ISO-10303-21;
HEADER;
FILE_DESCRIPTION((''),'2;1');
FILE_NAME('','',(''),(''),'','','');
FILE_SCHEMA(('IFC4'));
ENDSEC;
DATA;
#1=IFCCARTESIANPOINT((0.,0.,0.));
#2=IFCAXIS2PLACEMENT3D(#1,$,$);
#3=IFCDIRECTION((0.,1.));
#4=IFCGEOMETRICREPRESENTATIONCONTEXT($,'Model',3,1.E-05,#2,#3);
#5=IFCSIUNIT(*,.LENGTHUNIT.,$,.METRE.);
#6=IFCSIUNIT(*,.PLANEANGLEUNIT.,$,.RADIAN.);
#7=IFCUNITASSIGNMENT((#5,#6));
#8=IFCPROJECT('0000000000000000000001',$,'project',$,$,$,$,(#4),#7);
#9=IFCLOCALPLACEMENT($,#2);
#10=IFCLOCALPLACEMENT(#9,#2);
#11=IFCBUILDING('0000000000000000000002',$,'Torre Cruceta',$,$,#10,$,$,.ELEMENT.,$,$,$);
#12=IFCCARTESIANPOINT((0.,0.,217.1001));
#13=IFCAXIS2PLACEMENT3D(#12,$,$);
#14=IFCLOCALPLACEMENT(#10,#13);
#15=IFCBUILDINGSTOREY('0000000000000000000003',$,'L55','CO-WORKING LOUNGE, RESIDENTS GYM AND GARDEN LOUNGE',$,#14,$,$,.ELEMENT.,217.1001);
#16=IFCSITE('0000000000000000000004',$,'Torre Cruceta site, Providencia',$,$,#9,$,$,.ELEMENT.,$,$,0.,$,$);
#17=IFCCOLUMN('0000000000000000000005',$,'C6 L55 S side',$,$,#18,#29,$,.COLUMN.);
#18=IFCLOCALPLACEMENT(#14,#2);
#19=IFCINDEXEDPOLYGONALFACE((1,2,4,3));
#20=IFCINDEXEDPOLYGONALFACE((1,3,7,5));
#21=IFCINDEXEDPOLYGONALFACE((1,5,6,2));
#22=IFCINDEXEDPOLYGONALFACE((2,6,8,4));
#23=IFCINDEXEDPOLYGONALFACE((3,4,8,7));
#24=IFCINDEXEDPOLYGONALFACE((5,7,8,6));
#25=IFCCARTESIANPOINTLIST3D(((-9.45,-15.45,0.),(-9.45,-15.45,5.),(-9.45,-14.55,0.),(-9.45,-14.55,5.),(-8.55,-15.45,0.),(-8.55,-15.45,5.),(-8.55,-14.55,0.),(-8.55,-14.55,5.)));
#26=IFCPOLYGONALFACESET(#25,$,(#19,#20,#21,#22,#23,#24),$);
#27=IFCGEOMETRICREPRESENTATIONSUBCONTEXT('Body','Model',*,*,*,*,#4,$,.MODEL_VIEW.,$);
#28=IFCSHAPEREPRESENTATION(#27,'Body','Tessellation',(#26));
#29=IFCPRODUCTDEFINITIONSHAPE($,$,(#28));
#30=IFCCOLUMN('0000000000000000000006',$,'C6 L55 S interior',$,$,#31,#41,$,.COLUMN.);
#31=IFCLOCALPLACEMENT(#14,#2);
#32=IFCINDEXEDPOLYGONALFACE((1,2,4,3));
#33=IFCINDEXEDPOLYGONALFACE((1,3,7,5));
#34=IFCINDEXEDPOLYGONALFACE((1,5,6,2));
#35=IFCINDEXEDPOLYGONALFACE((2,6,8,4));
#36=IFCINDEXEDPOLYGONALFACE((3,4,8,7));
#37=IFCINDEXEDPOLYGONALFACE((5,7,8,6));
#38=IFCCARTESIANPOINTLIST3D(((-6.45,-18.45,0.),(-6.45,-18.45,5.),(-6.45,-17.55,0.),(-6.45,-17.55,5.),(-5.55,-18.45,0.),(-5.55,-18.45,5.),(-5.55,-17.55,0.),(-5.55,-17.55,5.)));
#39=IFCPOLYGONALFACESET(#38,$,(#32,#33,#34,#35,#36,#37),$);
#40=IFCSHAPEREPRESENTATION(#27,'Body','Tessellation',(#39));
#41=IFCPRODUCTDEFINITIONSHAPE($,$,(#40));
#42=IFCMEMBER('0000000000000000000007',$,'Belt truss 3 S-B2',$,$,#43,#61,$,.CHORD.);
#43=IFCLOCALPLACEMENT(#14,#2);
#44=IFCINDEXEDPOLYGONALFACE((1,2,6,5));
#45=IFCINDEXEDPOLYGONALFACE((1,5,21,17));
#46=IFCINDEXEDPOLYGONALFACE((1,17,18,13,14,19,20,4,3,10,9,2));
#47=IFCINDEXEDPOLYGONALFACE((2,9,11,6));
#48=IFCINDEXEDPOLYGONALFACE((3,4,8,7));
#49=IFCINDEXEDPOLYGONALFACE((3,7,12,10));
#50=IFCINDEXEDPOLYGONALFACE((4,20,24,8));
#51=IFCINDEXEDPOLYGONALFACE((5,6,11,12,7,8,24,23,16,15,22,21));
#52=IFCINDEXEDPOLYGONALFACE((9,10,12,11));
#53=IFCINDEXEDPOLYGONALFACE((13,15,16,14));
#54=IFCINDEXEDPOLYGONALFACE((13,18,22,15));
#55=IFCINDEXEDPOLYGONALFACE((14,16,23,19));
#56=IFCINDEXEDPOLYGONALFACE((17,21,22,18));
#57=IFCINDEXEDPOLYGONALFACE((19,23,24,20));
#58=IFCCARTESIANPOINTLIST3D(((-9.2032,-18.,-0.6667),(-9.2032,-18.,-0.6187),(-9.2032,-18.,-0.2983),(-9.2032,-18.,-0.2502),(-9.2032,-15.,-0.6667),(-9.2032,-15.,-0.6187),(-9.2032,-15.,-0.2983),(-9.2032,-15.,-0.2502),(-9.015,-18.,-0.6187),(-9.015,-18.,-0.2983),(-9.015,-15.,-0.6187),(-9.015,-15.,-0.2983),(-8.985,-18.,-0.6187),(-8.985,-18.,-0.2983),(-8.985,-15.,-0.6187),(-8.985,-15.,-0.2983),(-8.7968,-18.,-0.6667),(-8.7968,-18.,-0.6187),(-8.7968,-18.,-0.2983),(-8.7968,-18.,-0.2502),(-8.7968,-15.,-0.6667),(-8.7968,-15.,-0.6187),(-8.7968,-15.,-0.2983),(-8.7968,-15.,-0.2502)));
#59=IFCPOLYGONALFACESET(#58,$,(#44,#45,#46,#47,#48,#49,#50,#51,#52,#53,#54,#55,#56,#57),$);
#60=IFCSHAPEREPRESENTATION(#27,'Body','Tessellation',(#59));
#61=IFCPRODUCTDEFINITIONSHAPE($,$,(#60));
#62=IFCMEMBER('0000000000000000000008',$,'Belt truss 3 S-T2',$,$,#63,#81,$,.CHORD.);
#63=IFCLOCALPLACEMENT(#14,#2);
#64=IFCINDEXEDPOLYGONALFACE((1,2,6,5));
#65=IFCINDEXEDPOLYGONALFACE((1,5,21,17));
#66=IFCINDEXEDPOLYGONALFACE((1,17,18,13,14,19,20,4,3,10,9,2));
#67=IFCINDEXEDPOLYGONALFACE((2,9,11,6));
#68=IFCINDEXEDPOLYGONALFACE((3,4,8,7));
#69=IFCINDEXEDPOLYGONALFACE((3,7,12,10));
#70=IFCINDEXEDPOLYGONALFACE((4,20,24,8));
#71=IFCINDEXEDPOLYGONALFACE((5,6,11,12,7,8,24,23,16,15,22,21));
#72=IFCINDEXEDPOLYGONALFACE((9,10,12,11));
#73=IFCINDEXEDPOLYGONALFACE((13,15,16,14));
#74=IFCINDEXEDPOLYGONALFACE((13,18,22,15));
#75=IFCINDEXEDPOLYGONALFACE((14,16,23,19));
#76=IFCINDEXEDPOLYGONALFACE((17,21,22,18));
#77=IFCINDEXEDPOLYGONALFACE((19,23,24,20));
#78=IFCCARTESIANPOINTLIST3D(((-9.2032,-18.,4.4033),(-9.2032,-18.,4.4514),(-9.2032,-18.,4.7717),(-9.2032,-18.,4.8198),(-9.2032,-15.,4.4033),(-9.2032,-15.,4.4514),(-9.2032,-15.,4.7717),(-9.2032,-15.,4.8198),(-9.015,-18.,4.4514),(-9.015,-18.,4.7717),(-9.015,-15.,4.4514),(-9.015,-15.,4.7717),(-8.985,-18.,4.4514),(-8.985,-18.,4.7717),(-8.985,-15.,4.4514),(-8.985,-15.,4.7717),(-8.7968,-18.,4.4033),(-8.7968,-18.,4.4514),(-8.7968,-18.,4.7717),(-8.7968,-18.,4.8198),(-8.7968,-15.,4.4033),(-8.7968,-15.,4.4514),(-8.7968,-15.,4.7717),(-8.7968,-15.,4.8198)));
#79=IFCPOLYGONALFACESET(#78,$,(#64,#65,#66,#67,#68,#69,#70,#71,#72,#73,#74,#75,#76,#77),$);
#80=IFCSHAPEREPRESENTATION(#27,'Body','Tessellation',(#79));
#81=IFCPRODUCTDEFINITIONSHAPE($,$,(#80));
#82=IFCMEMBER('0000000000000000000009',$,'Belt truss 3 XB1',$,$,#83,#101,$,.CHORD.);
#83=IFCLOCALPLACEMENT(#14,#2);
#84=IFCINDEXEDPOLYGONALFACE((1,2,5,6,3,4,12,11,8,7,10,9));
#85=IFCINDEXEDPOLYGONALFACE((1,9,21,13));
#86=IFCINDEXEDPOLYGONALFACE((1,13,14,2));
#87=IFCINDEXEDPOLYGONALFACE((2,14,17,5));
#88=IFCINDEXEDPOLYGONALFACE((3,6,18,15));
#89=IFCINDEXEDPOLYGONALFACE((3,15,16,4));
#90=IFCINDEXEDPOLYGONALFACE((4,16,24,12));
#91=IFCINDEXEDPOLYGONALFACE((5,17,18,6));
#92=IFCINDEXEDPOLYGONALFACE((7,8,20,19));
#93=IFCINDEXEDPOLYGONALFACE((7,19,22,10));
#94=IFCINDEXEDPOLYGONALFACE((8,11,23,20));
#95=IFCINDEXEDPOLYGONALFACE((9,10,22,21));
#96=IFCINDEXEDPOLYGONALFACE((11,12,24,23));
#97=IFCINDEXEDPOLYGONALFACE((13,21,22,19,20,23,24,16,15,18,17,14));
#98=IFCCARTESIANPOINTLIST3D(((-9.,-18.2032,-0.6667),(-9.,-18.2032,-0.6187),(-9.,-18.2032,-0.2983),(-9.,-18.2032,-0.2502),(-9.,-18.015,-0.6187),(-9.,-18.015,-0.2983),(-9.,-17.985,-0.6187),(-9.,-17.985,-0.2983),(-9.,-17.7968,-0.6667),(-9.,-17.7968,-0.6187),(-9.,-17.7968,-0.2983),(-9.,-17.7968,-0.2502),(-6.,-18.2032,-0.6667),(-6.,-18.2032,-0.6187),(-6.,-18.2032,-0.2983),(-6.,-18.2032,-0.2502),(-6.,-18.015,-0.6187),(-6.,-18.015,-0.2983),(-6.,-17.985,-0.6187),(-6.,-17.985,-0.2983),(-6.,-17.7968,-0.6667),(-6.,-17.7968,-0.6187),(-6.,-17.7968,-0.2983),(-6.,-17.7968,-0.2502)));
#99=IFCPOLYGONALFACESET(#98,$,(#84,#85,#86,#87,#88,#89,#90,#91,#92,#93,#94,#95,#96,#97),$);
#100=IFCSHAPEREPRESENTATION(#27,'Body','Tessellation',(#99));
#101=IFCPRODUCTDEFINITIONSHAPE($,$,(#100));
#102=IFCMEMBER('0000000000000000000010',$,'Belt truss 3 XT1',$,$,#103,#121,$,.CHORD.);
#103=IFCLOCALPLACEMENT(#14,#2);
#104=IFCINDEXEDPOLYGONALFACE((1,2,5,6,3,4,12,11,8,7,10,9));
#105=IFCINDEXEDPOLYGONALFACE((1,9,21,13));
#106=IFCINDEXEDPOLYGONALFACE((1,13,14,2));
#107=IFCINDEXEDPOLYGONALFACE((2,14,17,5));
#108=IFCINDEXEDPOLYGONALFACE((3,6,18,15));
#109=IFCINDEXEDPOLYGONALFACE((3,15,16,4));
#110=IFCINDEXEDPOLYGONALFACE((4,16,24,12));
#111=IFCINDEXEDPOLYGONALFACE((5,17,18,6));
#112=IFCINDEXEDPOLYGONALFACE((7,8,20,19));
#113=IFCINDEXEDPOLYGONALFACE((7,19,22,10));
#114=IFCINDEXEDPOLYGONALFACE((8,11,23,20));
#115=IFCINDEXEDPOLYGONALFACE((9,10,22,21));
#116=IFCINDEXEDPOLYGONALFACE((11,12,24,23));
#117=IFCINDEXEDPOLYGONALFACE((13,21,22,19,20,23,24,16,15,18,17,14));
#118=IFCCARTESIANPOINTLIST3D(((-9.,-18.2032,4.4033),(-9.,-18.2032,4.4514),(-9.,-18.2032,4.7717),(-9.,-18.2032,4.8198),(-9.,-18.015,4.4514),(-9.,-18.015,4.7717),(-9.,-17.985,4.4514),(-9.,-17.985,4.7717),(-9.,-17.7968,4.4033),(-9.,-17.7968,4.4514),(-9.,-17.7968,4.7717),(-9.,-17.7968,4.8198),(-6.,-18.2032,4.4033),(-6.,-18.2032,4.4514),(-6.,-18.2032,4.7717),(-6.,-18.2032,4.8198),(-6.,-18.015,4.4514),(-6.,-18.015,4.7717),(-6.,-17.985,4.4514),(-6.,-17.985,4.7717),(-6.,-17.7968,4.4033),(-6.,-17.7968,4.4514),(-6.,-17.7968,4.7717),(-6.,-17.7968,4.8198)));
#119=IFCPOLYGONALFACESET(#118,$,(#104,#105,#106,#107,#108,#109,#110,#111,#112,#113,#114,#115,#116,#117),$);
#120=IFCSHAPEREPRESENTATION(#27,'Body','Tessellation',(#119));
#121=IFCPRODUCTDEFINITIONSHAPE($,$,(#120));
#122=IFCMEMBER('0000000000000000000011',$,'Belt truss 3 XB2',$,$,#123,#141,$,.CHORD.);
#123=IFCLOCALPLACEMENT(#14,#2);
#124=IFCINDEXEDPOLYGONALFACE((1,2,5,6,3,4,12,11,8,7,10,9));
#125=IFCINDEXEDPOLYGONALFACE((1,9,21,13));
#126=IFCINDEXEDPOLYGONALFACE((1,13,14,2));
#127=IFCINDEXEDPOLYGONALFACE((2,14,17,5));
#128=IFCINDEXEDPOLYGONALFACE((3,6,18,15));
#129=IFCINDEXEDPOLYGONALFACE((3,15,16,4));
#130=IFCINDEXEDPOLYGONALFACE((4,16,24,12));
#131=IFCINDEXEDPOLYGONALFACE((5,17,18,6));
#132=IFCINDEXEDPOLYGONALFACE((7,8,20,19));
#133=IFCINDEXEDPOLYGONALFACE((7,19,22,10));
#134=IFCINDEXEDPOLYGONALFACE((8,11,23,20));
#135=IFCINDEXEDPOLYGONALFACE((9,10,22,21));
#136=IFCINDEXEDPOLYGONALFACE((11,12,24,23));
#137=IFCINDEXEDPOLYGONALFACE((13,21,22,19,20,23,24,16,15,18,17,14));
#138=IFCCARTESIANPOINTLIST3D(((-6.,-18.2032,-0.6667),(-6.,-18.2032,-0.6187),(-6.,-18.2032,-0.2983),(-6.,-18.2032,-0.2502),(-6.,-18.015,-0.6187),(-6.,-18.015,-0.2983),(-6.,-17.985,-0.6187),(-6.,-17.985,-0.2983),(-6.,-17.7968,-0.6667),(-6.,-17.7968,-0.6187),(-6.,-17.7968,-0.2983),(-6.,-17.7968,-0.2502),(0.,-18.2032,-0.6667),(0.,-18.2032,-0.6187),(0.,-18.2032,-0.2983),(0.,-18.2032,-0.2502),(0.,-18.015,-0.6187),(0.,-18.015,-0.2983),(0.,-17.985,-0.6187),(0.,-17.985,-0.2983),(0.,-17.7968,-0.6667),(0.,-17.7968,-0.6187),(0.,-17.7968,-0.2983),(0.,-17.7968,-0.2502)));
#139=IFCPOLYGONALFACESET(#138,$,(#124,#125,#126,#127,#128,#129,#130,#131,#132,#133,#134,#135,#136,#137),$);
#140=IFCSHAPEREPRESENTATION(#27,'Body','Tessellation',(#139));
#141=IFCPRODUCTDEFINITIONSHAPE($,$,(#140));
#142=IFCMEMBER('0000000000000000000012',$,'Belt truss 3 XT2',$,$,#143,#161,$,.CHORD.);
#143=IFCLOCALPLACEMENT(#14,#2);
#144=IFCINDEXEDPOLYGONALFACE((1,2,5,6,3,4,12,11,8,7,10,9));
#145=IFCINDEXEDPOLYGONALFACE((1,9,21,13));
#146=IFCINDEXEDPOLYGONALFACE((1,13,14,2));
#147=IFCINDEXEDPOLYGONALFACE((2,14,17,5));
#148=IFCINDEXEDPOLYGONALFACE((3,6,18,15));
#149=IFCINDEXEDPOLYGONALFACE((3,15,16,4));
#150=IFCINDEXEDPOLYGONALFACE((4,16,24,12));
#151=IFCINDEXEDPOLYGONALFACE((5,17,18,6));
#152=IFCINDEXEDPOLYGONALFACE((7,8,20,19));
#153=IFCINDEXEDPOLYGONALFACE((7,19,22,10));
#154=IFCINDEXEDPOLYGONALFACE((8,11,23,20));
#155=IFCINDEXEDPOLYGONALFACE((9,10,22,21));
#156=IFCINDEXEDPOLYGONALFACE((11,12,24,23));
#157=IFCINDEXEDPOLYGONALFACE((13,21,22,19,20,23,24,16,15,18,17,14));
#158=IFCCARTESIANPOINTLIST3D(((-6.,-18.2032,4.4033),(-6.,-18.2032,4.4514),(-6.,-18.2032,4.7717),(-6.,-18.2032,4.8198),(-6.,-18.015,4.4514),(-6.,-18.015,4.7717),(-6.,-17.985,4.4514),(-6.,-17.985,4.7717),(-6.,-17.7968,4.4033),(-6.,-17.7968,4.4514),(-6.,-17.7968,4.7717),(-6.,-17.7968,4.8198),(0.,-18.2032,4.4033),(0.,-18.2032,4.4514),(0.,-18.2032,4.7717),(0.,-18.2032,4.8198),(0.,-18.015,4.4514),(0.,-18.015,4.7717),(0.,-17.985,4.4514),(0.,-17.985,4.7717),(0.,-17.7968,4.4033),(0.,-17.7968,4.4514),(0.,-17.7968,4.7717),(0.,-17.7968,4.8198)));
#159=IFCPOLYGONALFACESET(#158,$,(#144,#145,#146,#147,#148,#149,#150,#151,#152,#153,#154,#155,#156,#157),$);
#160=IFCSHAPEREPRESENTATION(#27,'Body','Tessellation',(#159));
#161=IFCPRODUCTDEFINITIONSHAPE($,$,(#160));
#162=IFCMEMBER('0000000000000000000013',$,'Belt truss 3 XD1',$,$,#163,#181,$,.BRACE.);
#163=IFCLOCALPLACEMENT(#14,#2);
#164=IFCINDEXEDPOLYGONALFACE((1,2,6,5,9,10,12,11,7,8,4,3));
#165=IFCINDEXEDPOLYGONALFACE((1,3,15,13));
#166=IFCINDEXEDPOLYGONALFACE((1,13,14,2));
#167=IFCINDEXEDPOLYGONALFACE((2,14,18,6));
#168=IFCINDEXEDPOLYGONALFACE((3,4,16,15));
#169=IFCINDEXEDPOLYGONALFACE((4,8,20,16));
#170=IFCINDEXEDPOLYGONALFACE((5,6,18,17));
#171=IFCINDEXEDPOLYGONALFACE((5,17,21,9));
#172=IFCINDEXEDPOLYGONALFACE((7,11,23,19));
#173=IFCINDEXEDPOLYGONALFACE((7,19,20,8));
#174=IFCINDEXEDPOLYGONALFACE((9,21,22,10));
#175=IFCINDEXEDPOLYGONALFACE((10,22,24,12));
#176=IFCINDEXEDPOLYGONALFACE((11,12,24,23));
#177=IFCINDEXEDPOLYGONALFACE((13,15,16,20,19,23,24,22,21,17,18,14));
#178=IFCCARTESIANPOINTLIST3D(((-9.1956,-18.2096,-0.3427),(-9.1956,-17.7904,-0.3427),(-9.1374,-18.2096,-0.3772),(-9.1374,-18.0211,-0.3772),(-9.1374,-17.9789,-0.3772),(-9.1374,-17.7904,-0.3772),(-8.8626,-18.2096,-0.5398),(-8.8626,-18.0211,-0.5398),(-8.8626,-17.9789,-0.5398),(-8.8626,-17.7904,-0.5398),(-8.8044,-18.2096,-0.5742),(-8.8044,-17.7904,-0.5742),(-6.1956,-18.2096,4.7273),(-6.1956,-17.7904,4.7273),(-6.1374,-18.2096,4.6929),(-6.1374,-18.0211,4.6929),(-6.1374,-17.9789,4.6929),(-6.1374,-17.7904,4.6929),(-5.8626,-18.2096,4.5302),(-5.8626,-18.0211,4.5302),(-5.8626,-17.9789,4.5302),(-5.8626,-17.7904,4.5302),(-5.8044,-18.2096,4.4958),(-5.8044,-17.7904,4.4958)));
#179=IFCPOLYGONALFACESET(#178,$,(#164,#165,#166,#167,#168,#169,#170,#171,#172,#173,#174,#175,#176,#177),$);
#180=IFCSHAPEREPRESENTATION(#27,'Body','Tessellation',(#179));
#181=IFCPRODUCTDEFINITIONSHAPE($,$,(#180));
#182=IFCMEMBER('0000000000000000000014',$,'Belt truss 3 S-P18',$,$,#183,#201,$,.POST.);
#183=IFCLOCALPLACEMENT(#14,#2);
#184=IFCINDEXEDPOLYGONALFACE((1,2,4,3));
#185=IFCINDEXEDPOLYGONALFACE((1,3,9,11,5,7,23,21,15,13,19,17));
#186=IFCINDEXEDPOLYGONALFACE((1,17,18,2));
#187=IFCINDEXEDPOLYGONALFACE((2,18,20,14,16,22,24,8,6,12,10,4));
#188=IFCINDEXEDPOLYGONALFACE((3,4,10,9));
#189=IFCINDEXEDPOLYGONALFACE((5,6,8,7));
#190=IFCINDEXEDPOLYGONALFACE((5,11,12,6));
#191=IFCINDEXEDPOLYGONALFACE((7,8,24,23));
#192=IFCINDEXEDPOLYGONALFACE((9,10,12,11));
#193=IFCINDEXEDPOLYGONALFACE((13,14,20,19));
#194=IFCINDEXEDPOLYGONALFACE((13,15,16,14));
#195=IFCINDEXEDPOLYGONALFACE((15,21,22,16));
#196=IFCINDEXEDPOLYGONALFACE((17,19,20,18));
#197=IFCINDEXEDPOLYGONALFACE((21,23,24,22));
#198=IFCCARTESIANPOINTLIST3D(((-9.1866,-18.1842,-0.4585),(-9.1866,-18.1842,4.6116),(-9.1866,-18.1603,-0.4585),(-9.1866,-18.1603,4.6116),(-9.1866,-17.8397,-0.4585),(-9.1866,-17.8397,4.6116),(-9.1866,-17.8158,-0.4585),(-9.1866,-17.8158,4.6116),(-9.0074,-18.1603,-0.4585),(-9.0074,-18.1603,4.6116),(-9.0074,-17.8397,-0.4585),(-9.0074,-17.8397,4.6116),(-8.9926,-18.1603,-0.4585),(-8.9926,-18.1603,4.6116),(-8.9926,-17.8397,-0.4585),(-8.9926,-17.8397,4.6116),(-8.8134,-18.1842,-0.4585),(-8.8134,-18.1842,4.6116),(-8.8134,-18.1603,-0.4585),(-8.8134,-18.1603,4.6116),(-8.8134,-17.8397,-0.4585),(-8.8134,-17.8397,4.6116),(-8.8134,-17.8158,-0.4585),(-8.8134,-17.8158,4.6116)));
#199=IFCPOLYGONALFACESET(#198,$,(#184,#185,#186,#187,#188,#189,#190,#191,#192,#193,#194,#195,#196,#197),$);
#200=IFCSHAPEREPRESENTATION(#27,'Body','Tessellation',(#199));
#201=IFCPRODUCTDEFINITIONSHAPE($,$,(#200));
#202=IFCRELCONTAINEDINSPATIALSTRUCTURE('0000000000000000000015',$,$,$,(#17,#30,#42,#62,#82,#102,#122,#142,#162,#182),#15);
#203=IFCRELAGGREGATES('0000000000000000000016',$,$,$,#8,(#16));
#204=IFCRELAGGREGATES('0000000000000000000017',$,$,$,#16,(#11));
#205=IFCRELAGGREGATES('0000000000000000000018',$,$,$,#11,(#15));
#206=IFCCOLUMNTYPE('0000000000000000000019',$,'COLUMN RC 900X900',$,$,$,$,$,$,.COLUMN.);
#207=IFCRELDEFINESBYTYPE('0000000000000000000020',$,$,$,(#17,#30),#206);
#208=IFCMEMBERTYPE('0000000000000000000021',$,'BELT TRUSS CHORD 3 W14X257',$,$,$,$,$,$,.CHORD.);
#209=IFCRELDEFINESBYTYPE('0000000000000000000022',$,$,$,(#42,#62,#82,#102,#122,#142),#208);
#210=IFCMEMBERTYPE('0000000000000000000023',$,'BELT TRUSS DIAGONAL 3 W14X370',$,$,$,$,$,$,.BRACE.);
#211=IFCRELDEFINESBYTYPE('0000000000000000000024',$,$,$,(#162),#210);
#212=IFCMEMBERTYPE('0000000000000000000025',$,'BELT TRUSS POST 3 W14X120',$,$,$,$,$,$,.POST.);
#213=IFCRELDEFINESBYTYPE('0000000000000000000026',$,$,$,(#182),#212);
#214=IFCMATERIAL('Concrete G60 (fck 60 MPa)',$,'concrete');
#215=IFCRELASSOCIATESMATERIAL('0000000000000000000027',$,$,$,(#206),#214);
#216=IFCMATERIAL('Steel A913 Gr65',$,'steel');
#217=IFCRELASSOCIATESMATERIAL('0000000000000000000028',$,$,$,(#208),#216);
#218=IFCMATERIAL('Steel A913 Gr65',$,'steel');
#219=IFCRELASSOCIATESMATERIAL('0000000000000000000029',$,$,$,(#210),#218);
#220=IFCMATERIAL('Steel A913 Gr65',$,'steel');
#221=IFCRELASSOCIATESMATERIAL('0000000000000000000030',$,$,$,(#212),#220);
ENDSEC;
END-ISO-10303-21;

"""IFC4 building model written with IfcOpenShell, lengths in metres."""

from ifc_helpers import new_model, si_unit, direction, frame, origin, origin_2d, place, context, subcontext, project, spatial, rectangle, i_section, extrude, material, material_profile, profile_set, type_object, element, save


model = new_model("IFC4")

# Units and contexts
model_context = context("Model", 3, precision=1e-05, world=origin(), true_north=direction((0.0, 1.0)))
body_context = subcontext(model_context, "Body", "Model", "MODEL_VIEW")
ifc_project = project(units=[si_unit("LENGTHUNIT", "METRE"), si_unit("PLANEANGLEUNIT", "RADIAN")], contexts=[model_context])

# Site, building, storey
site_placement = place(None, origin())
site = spatial("IfcSite", under=ifc_project, at=site_placement, Name="Torre Cruceta site, Providencia", CompositionType="ELEMENT", RefElevation=0.0)
building_placement = place(site_placement, origin())
building = spatial("IfcBuilding", under=site, at=building_placement, Name="Torre Cruceta", CompositionType="ELEMENT")
storey_placement = place(building_placement, frame((0.0, 0.0, 217.1001)))
storey = spatial("IfcBuildingStorey", under=building, at=storey_placement, Name="L55", Description="CO-WORKING LOUNGE, RESIDENTS GYM AND GARDEN LOUNGE", CompositionType="ELEMENT", Elevation=217.1001)

# Columns
ifc_material_1 = material(Name="Concrete G60 (fck 60 MPa)", Category="concrete")
ifc_material_profile_1 = material_profile(ifc_material_1, rectangle(XDim=0.8999, YDim=0.8999, at=origin_2d()), Name="RC 900X900")
ifc_profile_set_1 = profile_set([ifc_material_profile_1], Name="Concrete G60 (fck 60 MPa)")
column_type = type_object("IfcColumnType", Name="COLUMN RC 900X900", PredefinedType="COLUMN", material=ifc_profile_set_1)
for number, where, z_axis, x_axis, name in (
    (1, (-9.0, -15.0, 0.0), (0.0, 0.0, 1.0), (1.0, 0.0, 0.0), "C6 L55 S side"),
    (2, (-6.0, -18.0, 0.0), (0.0, 0.0, 1.0), (1.0, 0.0, 0.0), "C6 L55 S interior"),
):
    element("IfcColumn", number, at=place(storey_placement, frame(where, z_axis=z_axis, x_axis=x_axis)), inside=storey, type_object=column_type, Name=name, PredefinedType="COLUMN", context=body_context, shape_type="SweptSolid", body=[
        extrude(rectangle(XDim=0.8999, YDim=0.8999, at=origin_2d()), origin(), (0.0, 0.0, 1.0), 5.0),
    ])

# Members
ifc_material_2 = material(Name="Steel A913 Gr65", Category="steel")
ifc_material_profile_2 = material_profile(ifc_material_2, i_section(OverallWidth=0.4065, OverallDepth=0.4165, WebThickness=0.03, FlangeThickness=0.0481, at=origin_2d()), Name="W14X257")
ifc_profile_set_2 = profile_set([ifc_material_profile_2], Name="Steel A913 Gr65")
member_type_1 = type_object("IfcMemberType", Name="BELT TRUSS CHORD 3 W14X257", PredefinedType="CHORD", material=ifc_profile_set_2)
for number, where, z_axis, x_axis, name in (
    (3, (-9.0, -15.0, -0.4585), (0.0, -1.0, 0.0), (1.0, 0.0, 0.0), "Belt truss 3 S-B2"),
    (4, (-9.0, -15.0, 4.6116), (0.0, -1.0, 0.0), (1.0, 0.0, 0.0), "Belt truss 3 S-T2"),
    (5, (-9.0, -18.0, -0.4585), (1.0, 0.0, 0.0), (0.0, 1.0, 0.0), "Belt truss 3 XB1"),
    (6, (-9.0, -18.0, 4.6116), (1.0, 0.0, 0.0), (0.0, 1.0, 0.0), "Belt truss 3 XT1"),
):
    element("IfcMember", number, at=place(storey_placement, frame(where, z_axis=z_axis, x_axis=x_axis)), inside=storey, type_object=member_type_1, Name=name, PredefinedType="CHORD", context=body_context, shape_type="SweptSolid", body=[
        extrude(i_section(OverallWidth=0.4065, OverallDepth=0.4165, WebThickness=0.03, FlangeThickness=0.0481, at=origin_2d()), origin(), (0.0, 0.0, 1.0), 3.0),
    ])
for number, where, z_axis, x_axis, name in (
    (7, (-6.0, -18.0, -0.4585), (1.0, 0.0, 0.0), (0.0, 1.0, 0.0), "Belt truss 3 XB2"),
    (8, (-6.0, -18.0, 4.6116), (1.0, 0.0, 0.0), (0.0, 1.0, 0.0), "Belt truss 3 XT2"),
):
    element("IfcMember", number, at=place(storey_placement, frame(where, z_axis=z_axis, x_axis=x_axis)), inside=storey, type_object=member_type_1, Name=name, PredefinedType="CHORD", context=body_context, shape_type="SweptSolid", body=[
        extrude(i_section(OverallWidth=0.4065, OverallDepth=0.4165, WebThickness=0.03, FlangeThickness=0.0481, at=origin_2d()), origin(), (0.0, 0.0, 1.0), 6.0),
    ])
ifc_material_3 = material(Name="Steel A913 Gr65", Category="steel")
ifc_material_profile_3 = material_profile(ifc_material_3, i_section(OverallWidth=0.4192, OverallDepth=0.4546, WebThickness=0.0422, FlangeThickness=0.0676, at=origin_2d()), Name="W14X370")
ifc_profile_set_3 = profile_set([ifc_material_profile_3], Name="Steel A913 Gr65")
member_type_2 = type_object("IfcMemberType", Name="BELT TRUSS DIAGONAL 3 W14X370", PredefinedType="BRACE", material=ifc_profile_set_3)
member_1_placement = place(storey_placement, frame((-9.0, -18.0, -0.4585), z_axis=(0.509239, 0.0, 0.860625), x_axis=(0.0, 1.0, 0.0)))
element("IfcMember", 9, at=member_1_placement, inside=storey, type_object=member_type_2, Name="Belt truss 3 XD1", PredefinedType="BRACE", context=body_context, shape_type="SweptSolid", body=[
    extrude(i_section(OverallWidth=0.4192, OverallDepth=0.4546, WebThickness=0.0422, FlangeThickness=0.0676, at=origin_2d()), origin(), (0.0, 0.0, 1.0), 5.8911),
])
ifc_material_4 = material(Name="Steel A913 Gr65", Category="steel")
ifc_material_profile_4 = material_profile(ifc_material_4, i_section(OverallWidth=0.3733, OverallDepth=0.3684, WebThickness=0.0149, FlangeThickness=0.0239, at=origin_2d()), Name="W14X120")
ifc_profile_set_4 = profile_set([ifc_material_profile_4], Name="Steel A913 Gr65")
member_type_3 = type_object("IfcMemberType", Name="BELT TRUSS POST 3 W14X120", PredefinedType="POST", material=ifc_profile_set_4)
member_2_placement = place(storey_placement, frame((-9.0, -18.0, -0.4585), z_axis=(0.0, 0.0, 1.0), x_axis=(1.0, 0.0, 0.0)))
element("IfcMember", 10, at=member_2_placement, inside=storey, type_object=member_type_3, Name="Belt truss 3 S-P18", PredefinedType="POST", context=body_context, shape_type="SweptSolid", body=[
    extrude(i_section(OverallWidth=0.3733, OverallDepth=0.3684, WebThickness=0.0149, FlangeThickness=0.0239, at=origin_2d()), origin(), (0.0, 0.0, 1.0), 5.0701),
])

save(model, "model.ifc")
